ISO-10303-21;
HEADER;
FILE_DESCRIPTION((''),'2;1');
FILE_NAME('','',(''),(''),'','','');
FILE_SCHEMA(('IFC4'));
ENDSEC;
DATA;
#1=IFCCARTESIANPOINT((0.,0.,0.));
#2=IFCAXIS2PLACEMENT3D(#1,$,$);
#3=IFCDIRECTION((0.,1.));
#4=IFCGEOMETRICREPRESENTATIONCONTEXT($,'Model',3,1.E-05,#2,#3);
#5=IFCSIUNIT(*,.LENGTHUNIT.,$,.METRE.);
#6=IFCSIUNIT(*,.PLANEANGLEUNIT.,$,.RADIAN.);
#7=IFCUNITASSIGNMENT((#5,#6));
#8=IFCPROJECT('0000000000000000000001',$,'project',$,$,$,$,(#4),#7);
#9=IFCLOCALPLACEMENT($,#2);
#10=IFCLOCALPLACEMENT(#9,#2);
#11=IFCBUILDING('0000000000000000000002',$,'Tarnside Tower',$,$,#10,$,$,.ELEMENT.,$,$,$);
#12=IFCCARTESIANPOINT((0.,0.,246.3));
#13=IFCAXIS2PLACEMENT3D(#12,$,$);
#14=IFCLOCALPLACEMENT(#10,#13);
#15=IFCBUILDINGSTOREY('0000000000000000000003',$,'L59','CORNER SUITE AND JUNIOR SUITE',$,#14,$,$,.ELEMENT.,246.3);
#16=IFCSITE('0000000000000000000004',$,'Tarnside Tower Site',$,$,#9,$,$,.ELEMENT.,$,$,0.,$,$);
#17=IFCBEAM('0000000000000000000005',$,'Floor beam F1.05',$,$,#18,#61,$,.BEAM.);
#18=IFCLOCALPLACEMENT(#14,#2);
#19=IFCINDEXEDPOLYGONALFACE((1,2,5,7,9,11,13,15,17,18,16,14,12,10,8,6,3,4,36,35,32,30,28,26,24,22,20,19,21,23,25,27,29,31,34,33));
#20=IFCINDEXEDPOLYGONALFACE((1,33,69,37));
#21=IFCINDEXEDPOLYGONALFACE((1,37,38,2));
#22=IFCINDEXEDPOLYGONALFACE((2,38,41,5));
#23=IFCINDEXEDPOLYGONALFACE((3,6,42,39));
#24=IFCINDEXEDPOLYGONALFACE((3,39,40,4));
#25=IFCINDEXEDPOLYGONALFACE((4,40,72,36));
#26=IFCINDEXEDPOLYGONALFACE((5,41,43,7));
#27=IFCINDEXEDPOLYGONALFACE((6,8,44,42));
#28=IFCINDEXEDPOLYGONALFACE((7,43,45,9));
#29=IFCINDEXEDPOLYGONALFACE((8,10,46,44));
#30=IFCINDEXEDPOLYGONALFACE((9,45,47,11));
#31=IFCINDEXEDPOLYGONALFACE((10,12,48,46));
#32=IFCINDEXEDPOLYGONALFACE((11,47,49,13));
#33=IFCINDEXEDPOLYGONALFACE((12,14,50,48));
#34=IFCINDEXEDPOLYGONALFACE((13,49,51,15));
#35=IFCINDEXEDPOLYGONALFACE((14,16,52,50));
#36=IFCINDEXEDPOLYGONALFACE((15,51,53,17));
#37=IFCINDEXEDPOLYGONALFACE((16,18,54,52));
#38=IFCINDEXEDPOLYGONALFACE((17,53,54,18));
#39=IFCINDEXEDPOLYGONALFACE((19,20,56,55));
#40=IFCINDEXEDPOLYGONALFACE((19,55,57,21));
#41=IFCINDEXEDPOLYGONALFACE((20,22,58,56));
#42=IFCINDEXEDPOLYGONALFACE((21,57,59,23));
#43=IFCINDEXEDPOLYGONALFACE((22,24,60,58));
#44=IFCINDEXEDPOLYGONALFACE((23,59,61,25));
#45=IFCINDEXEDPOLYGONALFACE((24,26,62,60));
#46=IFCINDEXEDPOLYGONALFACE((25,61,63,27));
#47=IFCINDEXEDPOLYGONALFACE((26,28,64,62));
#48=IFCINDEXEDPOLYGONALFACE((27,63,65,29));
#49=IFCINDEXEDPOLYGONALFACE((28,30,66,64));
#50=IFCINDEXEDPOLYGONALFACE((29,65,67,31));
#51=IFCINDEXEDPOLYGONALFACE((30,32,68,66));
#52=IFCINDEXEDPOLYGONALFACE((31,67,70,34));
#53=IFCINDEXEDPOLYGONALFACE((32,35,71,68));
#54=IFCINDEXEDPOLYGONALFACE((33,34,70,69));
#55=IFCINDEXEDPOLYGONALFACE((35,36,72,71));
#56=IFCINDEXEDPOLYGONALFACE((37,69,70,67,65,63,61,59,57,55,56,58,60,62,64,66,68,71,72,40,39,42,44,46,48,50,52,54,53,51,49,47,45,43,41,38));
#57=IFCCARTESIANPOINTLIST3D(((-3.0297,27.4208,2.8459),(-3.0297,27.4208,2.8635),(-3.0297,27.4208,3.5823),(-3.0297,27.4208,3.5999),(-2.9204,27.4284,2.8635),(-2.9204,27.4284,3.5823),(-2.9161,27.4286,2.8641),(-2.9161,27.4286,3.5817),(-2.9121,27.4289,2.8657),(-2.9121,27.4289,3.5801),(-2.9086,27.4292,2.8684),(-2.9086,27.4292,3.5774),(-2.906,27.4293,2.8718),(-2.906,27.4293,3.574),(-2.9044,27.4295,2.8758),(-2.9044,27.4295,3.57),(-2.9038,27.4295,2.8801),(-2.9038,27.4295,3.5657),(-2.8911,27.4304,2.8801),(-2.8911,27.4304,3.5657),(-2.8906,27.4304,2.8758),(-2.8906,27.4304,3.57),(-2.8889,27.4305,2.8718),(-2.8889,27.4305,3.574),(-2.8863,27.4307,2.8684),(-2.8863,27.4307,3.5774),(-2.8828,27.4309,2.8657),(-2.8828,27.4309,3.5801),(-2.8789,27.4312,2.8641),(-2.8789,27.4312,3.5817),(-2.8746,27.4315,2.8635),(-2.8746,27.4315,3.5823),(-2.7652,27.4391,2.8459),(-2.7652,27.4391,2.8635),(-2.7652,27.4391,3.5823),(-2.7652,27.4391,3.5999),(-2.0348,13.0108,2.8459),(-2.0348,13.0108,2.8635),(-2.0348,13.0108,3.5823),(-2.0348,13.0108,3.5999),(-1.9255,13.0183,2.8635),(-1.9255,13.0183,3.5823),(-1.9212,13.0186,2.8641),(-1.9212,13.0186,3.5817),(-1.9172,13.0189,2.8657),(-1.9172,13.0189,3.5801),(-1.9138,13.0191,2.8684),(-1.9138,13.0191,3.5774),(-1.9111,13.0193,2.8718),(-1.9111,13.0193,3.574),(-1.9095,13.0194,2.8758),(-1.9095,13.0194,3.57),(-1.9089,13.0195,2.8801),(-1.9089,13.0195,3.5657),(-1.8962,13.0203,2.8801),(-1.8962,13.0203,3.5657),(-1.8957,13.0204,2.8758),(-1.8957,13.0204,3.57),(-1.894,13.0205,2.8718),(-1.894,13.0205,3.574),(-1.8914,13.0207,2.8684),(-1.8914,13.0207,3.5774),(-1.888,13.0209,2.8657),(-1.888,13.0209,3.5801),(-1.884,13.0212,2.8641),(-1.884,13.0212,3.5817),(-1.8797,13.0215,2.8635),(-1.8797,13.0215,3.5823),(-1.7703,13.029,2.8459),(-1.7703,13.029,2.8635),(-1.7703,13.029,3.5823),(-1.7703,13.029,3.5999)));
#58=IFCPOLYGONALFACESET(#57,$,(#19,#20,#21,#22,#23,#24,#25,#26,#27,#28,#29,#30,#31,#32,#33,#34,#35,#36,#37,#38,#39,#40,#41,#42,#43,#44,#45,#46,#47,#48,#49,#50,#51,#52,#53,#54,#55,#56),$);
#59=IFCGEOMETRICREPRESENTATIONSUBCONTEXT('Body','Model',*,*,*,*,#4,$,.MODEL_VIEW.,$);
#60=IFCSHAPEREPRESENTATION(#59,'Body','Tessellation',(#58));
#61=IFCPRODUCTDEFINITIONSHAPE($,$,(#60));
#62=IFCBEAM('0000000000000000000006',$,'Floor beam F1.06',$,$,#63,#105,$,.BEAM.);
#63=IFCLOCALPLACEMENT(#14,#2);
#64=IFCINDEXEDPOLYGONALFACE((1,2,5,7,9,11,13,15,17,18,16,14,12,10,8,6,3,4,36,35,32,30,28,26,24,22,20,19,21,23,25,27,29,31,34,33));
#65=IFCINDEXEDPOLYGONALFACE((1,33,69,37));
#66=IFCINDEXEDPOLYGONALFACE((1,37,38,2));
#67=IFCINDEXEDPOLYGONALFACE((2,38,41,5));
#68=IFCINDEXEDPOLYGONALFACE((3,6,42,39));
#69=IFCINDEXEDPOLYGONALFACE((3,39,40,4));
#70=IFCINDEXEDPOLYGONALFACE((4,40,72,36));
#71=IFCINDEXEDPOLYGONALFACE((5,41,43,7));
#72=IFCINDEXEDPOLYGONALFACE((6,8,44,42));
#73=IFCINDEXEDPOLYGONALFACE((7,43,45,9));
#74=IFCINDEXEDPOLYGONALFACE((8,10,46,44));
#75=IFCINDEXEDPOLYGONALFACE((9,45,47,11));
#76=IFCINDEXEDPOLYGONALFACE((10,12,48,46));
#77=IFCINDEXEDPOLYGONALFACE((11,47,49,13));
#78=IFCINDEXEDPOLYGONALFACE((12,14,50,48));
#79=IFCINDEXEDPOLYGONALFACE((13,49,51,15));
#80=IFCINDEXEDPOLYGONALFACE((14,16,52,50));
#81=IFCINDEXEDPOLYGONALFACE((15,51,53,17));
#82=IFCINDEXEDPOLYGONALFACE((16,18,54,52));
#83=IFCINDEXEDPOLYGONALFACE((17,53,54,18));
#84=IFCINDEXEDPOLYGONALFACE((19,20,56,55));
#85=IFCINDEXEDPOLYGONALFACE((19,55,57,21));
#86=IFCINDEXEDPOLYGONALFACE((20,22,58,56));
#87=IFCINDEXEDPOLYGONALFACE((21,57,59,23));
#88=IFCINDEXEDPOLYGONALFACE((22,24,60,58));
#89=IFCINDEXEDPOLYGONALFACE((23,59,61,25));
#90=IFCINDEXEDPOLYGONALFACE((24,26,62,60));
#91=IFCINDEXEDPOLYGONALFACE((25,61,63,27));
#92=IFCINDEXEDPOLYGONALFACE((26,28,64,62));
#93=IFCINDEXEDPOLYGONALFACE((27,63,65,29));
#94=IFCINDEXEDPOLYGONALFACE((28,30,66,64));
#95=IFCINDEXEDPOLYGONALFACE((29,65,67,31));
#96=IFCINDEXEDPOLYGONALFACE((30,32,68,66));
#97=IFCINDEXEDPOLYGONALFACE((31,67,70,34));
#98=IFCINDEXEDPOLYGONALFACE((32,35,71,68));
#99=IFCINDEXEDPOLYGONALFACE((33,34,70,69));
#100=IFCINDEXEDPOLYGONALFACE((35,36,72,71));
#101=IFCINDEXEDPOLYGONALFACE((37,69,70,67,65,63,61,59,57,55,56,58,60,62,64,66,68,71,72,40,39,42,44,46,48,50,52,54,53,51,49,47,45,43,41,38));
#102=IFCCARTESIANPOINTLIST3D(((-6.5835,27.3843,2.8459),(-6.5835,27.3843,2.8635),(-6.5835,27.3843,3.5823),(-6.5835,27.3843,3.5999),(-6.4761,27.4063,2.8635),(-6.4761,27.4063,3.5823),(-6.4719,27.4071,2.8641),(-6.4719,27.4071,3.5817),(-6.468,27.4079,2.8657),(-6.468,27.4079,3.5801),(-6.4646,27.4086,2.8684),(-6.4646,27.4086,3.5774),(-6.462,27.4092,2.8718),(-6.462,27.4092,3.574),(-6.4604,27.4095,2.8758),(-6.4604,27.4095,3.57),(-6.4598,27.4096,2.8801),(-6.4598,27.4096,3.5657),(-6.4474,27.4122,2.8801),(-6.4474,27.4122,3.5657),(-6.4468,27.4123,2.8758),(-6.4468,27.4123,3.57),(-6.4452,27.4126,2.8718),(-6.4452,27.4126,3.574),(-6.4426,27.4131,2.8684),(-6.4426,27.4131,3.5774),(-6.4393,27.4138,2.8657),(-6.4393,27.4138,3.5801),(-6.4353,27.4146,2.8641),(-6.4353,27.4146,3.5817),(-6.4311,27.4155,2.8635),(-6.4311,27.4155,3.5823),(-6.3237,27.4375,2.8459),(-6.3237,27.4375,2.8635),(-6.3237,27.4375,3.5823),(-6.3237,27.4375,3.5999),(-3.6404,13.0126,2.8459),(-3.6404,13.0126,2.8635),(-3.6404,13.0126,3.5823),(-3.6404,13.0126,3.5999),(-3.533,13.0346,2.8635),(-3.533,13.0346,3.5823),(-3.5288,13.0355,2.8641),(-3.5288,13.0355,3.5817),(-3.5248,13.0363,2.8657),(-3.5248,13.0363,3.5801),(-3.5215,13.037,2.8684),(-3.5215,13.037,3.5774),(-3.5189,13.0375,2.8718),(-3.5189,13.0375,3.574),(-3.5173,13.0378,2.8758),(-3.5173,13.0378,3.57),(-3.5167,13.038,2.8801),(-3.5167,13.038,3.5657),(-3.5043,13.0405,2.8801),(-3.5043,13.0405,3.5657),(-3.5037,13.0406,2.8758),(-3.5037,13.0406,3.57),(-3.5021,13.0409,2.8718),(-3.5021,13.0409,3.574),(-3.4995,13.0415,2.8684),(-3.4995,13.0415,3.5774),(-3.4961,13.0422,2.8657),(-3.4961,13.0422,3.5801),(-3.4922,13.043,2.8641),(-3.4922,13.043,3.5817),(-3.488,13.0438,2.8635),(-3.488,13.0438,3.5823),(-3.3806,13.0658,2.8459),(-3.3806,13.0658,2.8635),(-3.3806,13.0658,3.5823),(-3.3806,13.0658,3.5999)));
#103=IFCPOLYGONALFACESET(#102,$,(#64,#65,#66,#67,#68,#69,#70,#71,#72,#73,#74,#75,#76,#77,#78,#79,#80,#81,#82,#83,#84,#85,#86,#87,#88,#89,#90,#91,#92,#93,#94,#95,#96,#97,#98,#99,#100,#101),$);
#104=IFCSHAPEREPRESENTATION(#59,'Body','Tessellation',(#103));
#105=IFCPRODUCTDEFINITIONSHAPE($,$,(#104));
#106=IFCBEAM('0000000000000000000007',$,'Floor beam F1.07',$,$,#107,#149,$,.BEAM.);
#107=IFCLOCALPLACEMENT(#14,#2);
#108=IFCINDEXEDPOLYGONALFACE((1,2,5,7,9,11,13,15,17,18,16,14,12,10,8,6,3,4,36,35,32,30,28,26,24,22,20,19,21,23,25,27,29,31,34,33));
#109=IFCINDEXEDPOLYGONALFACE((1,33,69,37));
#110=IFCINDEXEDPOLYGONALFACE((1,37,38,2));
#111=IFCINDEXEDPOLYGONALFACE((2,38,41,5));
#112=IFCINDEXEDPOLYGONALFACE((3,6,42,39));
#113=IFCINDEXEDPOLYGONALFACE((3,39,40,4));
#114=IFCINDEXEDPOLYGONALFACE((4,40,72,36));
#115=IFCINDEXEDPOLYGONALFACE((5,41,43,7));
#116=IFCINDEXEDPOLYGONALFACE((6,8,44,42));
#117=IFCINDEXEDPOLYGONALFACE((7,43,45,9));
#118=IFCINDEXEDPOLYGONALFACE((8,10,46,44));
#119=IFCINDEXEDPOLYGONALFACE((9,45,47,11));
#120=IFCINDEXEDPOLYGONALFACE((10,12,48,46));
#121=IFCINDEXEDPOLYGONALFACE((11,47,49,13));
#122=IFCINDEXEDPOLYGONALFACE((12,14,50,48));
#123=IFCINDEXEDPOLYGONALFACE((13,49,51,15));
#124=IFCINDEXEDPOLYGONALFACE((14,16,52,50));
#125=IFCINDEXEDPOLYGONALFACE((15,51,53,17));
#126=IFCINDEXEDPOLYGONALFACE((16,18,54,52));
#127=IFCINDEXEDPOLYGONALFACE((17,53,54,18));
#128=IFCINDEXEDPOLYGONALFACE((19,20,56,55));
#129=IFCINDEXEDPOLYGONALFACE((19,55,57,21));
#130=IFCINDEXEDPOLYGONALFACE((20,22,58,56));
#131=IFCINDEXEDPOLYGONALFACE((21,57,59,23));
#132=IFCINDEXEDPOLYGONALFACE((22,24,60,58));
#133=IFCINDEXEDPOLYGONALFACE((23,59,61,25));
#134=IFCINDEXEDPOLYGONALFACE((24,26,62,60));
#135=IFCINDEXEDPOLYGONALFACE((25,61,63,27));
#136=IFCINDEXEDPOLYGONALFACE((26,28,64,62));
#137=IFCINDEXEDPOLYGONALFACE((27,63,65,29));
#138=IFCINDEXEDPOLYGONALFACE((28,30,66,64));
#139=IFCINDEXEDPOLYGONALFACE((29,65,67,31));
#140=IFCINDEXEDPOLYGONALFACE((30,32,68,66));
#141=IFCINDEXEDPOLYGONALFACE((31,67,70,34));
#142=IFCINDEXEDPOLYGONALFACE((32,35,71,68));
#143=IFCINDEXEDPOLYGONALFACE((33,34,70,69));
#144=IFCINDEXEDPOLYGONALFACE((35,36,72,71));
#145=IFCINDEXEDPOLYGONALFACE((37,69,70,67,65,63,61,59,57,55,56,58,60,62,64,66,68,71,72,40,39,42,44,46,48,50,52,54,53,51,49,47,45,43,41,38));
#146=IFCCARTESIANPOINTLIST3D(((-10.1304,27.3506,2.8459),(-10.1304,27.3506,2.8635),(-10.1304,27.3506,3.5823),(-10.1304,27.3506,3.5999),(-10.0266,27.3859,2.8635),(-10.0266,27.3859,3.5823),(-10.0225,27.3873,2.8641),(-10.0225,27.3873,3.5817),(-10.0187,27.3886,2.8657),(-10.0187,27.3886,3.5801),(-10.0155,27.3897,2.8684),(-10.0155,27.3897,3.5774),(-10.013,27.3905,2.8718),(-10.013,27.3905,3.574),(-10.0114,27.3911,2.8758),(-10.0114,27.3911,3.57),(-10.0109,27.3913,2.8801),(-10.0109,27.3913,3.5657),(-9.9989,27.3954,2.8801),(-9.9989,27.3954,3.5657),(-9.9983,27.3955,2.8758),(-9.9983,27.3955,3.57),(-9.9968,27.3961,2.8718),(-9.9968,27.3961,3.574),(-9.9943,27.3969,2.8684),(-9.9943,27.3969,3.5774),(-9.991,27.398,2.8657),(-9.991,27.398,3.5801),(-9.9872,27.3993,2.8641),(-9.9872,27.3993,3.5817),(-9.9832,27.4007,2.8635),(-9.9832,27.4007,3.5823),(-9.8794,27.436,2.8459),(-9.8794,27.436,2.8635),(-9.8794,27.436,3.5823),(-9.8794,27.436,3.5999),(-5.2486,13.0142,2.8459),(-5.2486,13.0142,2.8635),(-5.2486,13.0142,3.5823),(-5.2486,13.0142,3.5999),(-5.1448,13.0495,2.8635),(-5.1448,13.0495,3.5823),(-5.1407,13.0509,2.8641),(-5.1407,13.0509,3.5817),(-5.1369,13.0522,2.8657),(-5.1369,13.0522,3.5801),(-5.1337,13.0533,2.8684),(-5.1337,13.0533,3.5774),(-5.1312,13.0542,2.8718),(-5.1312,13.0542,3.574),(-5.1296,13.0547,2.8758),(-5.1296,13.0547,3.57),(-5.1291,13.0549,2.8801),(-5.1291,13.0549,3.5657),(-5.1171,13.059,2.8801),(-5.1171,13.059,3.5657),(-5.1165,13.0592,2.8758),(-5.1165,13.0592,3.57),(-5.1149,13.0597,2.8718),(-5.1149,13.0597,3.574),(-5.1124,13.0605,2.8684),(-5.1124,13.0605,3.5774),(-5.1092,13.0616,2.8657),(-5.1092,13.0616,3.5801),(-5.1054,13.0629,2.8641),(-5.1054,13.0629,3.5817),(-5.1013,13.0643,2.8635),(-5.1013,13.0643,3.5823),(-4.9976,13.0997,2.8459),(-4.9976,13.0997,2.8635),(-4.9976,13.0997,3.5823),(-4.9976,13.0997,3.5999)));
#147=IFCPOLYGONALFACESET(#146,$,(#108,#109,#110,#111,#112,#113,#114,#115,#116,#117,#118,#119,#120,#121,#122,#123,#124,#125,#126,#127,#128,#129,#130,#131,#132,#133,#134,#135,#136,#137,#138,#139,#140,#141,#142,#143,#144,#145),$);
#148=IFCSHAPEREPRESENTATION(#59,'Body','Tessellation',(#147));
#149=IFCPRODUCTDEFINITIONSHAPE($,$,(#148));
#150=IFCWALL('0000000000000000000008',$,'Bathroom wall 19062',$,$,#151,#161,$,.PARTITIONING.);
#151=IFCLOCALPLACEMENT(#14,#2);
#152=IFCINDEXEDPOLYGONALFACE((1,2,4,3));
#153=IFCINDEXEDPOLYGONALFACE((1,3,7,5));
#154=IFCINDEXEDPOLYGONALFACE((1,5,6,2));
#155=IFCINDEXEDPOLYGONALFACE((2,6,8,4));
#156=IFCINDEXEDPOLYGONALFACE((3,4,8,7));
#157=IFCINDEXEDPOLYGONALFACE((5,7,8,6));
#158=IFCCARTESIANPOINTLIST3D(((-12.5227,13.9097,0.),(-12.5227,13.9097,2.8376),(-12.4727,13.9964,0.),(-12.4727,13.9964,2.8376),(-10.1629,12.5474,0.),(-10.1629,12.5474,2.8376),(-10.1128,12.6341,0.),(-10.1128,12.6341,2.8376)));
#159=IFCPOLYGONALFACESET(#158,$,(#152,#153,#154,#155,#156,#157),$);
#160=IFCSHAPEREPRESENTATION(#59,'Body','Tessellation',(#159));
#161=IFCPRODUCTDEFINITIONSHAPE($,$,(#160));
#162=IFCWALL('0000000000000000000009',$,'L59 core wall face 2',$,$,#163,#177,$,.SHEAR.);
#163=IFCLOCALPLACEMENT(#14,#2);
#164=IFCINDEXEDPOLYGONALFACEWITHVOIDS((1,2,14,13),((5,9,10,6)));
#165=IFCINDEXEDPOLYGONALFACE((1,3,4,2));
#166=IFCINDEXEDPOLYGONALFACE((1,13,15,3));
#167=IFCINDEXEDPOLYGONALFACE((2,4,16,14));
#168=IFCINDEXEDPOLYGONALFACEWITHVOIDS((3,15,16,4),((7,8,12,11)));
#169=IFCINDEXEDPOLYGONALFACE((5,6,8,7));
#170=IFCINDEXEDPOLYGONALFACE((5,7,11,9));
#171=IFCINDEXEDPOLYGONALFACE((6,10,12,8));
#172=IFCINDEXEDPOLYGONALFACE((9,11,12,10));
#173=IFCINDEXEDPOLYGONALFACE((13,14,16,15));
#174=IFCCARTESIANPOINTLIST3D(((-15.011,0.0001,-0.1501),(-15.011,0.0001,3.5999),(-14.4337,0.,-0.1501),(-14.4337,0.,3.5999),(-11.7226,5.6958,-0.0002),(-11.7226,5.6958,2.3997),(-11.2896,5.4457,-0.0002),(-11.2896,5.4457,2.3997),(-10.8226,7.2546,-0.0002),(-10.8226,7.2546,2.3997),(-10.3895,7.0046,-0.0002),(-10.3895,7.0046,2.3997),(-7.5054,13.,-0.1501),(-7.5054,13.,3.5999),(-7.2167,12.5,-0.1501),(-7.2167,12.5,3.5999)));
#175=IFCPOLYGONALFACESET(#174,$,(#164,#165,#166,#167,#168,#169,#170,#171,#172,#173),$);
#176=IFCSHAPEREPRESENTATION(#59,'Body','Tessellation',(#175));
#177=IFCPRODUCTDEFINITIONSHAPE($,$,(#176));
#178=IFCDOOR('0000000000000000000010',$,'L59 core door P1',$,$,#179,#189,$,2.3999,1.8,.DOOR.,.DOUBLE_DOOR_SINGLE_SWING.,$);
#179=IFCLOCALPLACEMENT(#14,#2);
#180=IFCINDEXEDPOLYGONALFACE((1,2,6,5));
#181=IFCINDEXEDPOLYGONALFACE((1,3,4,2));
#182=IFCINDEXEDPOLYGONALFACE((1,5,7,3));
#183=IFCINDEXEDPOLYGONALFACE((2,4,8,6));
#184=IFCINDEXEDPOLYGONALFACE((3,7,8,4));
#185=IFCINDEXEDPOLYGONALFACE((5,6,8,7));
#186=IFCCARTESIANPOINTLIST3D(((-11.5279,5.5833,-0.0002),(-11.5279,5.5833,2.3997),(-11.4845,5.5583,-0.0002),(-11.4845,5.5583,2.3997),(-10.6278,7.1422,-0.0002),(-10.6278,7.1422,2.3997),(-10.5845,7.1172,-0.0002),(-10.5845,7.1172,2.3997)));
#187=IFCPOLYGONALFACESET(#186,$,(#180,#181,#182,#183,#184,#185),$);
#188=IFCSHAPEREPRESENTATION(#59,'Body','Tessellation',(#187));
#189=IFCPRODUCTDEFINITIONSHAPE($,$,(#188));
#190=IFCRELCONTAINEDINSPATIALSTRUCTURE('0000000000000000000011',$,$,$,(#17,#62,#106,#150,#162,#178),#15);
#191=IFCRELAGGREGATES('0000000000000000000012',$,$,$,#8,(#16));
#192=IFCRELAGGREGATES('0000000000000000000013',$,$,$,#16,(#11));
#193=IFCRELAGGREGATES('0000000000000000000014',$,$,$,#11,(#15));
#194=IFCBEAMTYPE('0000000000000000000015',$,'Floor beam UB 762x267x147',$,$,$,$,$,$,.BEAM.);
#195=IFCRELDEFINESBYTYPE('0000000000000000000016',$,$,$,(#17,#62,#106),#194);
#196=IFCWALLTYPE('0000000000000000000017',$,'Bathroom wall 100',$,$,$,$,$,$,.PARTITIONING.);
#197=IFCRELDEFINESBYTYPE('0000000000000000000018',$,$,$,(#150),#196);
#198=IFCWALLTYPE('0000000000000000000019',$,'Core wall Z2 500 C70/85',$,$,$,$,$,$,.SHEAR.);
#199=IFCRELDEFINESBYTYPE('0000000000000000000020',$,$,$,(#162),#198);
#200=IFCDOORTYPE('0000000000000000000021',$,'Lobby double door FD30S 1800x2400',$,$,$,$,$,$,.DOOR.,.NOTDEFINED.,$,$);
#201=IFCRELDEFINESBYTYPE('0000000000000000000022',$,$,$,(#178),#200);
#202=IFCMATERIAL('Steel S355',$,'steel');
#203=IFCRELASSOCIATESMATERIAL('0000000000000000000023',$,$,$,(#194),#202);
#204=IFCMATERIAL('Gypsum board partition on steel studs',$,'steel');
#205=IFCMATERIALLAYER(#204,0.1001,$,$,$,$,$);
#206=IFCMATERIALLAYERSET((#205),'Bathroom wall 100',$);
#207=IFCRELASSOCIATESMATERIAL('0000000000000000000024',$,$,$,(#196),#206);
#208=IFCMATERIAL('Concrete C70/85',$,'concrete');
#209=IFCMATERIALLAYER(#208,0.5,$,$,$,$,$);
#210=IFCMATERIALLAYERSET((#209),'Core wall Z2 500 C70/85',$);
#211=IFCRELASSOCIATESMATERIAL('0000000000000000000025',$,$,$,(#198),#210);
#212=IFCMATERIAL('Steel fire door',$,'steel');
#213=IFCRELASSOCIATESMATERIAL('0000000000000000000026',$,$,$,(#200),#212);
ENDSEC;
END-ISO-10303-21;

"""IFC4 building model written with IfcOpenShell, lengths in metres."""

from ifc_helpers import new_model, si_unit, direction, frame, frame_2d, origin, origin_2d, place, context, subcontext, project, spatial, polyline, rectangle, i_section, outline, extrude, material, layer, layer_set, material_profile, profile_set, type_object, element, fill, save


model = new_model("IFC4")

# Units and contexts
model_context = context("Model", 3, precision=1e-05, world=origin(), true_north=direction((0.0, 1.0)))
body_context = subcontext(model_context, "Body", "Model", "MODEL_VIEW")
ifc_project = project(units=[si_unit("LENGTHUNIT", "METRE"), si_unit("PLANEANGLEUNIT", "RADIAN")], contexts=[model_context])

# Site, building, storey
site_placement = place(None, origin())
site = spatial("IfcSite", under=ifc_project, at=site_placement, Name="Tarnside Tower Site", CompositionType="ELEMENT", RefElevation=0.0)
building_placement = place(site_placement, origin())
building = spatial("IfcBuilding", under=site, at=building_placement, Name="Tarnside Tower", CompositionType="ELEMENT")
storey_placement = place(building_placement, frame((0.0, 0.0, 246.3)))
storey = spatial("IfcBuildingStorey", under=building, at=storey_placement, Name="L59", Description="CORNER SUITE AND JUNIOR SUITE", CompositionType="ELEMENT", Elevation=246.3)

# Beams
ifc_material_1 = material(Name="Steel S355", Category="steel")
ifc_material_profile = material_profile(ifc_material_1, i_section(OverallWidth=0.2651, OverallDepth=0.7539, WebThickness=0.0127, FlangeThickness=0.0176, FilletRadius=0.0166, at=origin_2d()), Name="UB 762x267x147")
ifc_profile_set = profile_set([ifc_material_profile], Name="Steel S355")
beam_type = type_object("IfcBeamType", Name="Floor beam UB 762x267x147", PredefinedType="BEAM", material=ifc_profile_set)
beam_1_placement = place(storey_placement, frame((-2.8975, 27.4299, 3.2229), z_axis=(0.068877, -0.997625, 0.0), x_axis=(0.997625, 0.068877, 0.0)))
element("IfcBeam", 1, at=beam_1_placement, inside=storey, type_object=beam_type, Name="Floor beam F1.05", PredefinedType="BEAM", context=body_context, shape_type="SweptSolid", body=[
    extrude(i_section(OverallWidth=0.2651, OverallDepth=0.7539, WebThickness=0.0127, FlangeThickness=0.0176, FilletRadius=0.0166, at=origin_2d()), origin(), (0.0, 0.0, 1.0), 14.4443),
])
beam_2_placement = place(storey_placement, frame((-6.4536, 27.4109, 3.2229), z_axis=(0.200623, -0.979668, 0.0), x_axis=(0.979668, 0.200623, 0.0)))
element("IfcBeam", 2, at=beam_2_placement, inside=storey, type_object=beam_type, Name="Floor beam F1.06", PredefinedType="BEAM", context=body_context, shape_type="SweptSolid", body=[
    extrude(i_section(OverallWidth=0.2651, OverallDepth=0.7539, WebThickness=0.0127, FlangeThickness=0.0176, FilletRadius=0.0166, at=origin_2d()), origin(), (0.0, 0.0, 1.0), 14.6699),
])
beam_3_placement = place(storey_placement, frame((-10.0049, 27.3933, 3.2229), z_axis=(0.322344, -0.946623, 0.0), x_axis=(0.946623, 0.322344, 0.0)))
element("IfcBeam", 3, at=beam_3_placement, inside=storey, type_object=beam_type, Name="Floor beam F1.07", PredefinedType="BEAM", context=body_context, shape_type="SweptSolid", body=[
    extrude(i_section(OverallWidth=0.2651, OverallDepth=0.7539, WebThickness=0.0127, FlangeThickness=0.0176, FilletRadius=0.0166, at=origin_2d()), origin(), (0.0, 0.0, 1.0), 15.1448),
])

# Wall
ifc_material_2 = material(Name="Gypsum board partition on steel studs", Category="steel")
ifc_layer_1 = layer(ifc_material_2, 0.1001)
ifc_layer_set_1 = layer_set([ifc_layer_1], Name="Bathroom wall 100")
wall_type_1 = type_object("IfcWallType", Name="Bathroom wall 100", PredefinedType="PARTITIONING", material=ifc_layer_set_1)
wall_1_placement = place(storey_placement, frame((-10.1379, 12.5908, 0.0), z_axis=(0.0, 0.0, 1.0), x_axis=(-0.866051, 0.499955, 0.0)))
element("IfcWall", 4, at=wall_1_placement, inside=storey, type_object=wall_type_1, Name="Bathroom wall 19062", PredefinedType="PARTITIONING", context=body_context, shape_type="SweptSolid", body=[
    extrude(rectangle(XDim=2.7249, YDim=0.1001, at=frame_2d((1.3623, 0.0))), origin(), (0.0, 0.0, 1.0), 2.8376),
])

# Wall, opening, door
ifc_material_3 = material(Name="Concrete C70/85", Category="concrete")
ifc_layer_2 = layer(ifc_material_3, 0.5)
ifc_layer_set_2 = layer_set([ifc_layer_2], Name="Core wall Z2 500 C70/85")
wall_type_2 = type_object("IfcWallType", Name="Core wall Z2 500 C70/85", PredefinedType="SHEAR", material=ifc_layer_set_2)
wall_2_placement = place(storey_placement, frame((-7.3611, 12.75, -0.1501), z_axis=(0.0, 0.0, 1.0), x_axis=(-0.500006, -0.866022, 0.0)))
wall_2 = element("IfcWall", 5, at=wall_2_placement, inside=storey, type_object=wall_type_2, Name="L59 core wall face 2", PredefinedType="SHEAR", context=body_context, shape_type="SweptSolid", body=[
    extrude(outline(polyline([(-0.1443, -0.25), (14.8667, -0.25), (14.5781, 0.25), (0.1443, 0.25), (-0.1443, -0.25)])), origin(), (0.0, 0.0, 1.0), 3.75),
])
opening_1_placement = place(wall_2_placement, frame((6.49, 0.0, 0.1499)))
opening_1 = element("IfcOpeningElement", 6, at=opening_1_placement, cuts=wall_2, PredefinedType="OPENING", context=body_context, shape_type="SweptSolid", body=[
    extrude(rectangle(XDim=1.8, YDim=2.3999, at=frame_2d((0.8999, 1.2))), frame((0.0, 0.26, 0.0), z_axis=(0.0, -1.0, 0.0), x_axis=(1.0, 0.0, 0.0)), (0.0, 0.0, 1.0), 0.52),
])
ifc_material_4 = material(Name="Steel fire door", Category="steel")
door_type_1 = type_object("IfcDoorType", Name="Lobby double door FD30S 1800x2400", OperationType="NOTDEFINED", PredefinedType="DOOR", material=ifc_material_4)
door_1_placement = place(opening_1_placement, origin())
door_1 = element("IfcDoor", 7, at=door_1_placement, inside=storey, type_object=door_type_1, Name="L59 core door P1", OperationType="DOUBLE_DOOR_SINGLE_SWING", OverallHeight=2.3999, OverallWidth=1.8, PredefinedType="DOOR", context=body_context, shape_type="SweptSolid", body=[
    extrude(rectangle(XDim=1.8, YDim=2.3999, at=frame_2d((0.8999, 1.2))), frame((0.0, 0.0249, 0.0), z_axis=(0.0, -1.0, 0.0), x_axis=(1.0, 0.0, 0.0)), (0.0, 0.0, 1.0), 0.05),
])
fill(opening_1, door_1)

save(model, "model.ifc")
